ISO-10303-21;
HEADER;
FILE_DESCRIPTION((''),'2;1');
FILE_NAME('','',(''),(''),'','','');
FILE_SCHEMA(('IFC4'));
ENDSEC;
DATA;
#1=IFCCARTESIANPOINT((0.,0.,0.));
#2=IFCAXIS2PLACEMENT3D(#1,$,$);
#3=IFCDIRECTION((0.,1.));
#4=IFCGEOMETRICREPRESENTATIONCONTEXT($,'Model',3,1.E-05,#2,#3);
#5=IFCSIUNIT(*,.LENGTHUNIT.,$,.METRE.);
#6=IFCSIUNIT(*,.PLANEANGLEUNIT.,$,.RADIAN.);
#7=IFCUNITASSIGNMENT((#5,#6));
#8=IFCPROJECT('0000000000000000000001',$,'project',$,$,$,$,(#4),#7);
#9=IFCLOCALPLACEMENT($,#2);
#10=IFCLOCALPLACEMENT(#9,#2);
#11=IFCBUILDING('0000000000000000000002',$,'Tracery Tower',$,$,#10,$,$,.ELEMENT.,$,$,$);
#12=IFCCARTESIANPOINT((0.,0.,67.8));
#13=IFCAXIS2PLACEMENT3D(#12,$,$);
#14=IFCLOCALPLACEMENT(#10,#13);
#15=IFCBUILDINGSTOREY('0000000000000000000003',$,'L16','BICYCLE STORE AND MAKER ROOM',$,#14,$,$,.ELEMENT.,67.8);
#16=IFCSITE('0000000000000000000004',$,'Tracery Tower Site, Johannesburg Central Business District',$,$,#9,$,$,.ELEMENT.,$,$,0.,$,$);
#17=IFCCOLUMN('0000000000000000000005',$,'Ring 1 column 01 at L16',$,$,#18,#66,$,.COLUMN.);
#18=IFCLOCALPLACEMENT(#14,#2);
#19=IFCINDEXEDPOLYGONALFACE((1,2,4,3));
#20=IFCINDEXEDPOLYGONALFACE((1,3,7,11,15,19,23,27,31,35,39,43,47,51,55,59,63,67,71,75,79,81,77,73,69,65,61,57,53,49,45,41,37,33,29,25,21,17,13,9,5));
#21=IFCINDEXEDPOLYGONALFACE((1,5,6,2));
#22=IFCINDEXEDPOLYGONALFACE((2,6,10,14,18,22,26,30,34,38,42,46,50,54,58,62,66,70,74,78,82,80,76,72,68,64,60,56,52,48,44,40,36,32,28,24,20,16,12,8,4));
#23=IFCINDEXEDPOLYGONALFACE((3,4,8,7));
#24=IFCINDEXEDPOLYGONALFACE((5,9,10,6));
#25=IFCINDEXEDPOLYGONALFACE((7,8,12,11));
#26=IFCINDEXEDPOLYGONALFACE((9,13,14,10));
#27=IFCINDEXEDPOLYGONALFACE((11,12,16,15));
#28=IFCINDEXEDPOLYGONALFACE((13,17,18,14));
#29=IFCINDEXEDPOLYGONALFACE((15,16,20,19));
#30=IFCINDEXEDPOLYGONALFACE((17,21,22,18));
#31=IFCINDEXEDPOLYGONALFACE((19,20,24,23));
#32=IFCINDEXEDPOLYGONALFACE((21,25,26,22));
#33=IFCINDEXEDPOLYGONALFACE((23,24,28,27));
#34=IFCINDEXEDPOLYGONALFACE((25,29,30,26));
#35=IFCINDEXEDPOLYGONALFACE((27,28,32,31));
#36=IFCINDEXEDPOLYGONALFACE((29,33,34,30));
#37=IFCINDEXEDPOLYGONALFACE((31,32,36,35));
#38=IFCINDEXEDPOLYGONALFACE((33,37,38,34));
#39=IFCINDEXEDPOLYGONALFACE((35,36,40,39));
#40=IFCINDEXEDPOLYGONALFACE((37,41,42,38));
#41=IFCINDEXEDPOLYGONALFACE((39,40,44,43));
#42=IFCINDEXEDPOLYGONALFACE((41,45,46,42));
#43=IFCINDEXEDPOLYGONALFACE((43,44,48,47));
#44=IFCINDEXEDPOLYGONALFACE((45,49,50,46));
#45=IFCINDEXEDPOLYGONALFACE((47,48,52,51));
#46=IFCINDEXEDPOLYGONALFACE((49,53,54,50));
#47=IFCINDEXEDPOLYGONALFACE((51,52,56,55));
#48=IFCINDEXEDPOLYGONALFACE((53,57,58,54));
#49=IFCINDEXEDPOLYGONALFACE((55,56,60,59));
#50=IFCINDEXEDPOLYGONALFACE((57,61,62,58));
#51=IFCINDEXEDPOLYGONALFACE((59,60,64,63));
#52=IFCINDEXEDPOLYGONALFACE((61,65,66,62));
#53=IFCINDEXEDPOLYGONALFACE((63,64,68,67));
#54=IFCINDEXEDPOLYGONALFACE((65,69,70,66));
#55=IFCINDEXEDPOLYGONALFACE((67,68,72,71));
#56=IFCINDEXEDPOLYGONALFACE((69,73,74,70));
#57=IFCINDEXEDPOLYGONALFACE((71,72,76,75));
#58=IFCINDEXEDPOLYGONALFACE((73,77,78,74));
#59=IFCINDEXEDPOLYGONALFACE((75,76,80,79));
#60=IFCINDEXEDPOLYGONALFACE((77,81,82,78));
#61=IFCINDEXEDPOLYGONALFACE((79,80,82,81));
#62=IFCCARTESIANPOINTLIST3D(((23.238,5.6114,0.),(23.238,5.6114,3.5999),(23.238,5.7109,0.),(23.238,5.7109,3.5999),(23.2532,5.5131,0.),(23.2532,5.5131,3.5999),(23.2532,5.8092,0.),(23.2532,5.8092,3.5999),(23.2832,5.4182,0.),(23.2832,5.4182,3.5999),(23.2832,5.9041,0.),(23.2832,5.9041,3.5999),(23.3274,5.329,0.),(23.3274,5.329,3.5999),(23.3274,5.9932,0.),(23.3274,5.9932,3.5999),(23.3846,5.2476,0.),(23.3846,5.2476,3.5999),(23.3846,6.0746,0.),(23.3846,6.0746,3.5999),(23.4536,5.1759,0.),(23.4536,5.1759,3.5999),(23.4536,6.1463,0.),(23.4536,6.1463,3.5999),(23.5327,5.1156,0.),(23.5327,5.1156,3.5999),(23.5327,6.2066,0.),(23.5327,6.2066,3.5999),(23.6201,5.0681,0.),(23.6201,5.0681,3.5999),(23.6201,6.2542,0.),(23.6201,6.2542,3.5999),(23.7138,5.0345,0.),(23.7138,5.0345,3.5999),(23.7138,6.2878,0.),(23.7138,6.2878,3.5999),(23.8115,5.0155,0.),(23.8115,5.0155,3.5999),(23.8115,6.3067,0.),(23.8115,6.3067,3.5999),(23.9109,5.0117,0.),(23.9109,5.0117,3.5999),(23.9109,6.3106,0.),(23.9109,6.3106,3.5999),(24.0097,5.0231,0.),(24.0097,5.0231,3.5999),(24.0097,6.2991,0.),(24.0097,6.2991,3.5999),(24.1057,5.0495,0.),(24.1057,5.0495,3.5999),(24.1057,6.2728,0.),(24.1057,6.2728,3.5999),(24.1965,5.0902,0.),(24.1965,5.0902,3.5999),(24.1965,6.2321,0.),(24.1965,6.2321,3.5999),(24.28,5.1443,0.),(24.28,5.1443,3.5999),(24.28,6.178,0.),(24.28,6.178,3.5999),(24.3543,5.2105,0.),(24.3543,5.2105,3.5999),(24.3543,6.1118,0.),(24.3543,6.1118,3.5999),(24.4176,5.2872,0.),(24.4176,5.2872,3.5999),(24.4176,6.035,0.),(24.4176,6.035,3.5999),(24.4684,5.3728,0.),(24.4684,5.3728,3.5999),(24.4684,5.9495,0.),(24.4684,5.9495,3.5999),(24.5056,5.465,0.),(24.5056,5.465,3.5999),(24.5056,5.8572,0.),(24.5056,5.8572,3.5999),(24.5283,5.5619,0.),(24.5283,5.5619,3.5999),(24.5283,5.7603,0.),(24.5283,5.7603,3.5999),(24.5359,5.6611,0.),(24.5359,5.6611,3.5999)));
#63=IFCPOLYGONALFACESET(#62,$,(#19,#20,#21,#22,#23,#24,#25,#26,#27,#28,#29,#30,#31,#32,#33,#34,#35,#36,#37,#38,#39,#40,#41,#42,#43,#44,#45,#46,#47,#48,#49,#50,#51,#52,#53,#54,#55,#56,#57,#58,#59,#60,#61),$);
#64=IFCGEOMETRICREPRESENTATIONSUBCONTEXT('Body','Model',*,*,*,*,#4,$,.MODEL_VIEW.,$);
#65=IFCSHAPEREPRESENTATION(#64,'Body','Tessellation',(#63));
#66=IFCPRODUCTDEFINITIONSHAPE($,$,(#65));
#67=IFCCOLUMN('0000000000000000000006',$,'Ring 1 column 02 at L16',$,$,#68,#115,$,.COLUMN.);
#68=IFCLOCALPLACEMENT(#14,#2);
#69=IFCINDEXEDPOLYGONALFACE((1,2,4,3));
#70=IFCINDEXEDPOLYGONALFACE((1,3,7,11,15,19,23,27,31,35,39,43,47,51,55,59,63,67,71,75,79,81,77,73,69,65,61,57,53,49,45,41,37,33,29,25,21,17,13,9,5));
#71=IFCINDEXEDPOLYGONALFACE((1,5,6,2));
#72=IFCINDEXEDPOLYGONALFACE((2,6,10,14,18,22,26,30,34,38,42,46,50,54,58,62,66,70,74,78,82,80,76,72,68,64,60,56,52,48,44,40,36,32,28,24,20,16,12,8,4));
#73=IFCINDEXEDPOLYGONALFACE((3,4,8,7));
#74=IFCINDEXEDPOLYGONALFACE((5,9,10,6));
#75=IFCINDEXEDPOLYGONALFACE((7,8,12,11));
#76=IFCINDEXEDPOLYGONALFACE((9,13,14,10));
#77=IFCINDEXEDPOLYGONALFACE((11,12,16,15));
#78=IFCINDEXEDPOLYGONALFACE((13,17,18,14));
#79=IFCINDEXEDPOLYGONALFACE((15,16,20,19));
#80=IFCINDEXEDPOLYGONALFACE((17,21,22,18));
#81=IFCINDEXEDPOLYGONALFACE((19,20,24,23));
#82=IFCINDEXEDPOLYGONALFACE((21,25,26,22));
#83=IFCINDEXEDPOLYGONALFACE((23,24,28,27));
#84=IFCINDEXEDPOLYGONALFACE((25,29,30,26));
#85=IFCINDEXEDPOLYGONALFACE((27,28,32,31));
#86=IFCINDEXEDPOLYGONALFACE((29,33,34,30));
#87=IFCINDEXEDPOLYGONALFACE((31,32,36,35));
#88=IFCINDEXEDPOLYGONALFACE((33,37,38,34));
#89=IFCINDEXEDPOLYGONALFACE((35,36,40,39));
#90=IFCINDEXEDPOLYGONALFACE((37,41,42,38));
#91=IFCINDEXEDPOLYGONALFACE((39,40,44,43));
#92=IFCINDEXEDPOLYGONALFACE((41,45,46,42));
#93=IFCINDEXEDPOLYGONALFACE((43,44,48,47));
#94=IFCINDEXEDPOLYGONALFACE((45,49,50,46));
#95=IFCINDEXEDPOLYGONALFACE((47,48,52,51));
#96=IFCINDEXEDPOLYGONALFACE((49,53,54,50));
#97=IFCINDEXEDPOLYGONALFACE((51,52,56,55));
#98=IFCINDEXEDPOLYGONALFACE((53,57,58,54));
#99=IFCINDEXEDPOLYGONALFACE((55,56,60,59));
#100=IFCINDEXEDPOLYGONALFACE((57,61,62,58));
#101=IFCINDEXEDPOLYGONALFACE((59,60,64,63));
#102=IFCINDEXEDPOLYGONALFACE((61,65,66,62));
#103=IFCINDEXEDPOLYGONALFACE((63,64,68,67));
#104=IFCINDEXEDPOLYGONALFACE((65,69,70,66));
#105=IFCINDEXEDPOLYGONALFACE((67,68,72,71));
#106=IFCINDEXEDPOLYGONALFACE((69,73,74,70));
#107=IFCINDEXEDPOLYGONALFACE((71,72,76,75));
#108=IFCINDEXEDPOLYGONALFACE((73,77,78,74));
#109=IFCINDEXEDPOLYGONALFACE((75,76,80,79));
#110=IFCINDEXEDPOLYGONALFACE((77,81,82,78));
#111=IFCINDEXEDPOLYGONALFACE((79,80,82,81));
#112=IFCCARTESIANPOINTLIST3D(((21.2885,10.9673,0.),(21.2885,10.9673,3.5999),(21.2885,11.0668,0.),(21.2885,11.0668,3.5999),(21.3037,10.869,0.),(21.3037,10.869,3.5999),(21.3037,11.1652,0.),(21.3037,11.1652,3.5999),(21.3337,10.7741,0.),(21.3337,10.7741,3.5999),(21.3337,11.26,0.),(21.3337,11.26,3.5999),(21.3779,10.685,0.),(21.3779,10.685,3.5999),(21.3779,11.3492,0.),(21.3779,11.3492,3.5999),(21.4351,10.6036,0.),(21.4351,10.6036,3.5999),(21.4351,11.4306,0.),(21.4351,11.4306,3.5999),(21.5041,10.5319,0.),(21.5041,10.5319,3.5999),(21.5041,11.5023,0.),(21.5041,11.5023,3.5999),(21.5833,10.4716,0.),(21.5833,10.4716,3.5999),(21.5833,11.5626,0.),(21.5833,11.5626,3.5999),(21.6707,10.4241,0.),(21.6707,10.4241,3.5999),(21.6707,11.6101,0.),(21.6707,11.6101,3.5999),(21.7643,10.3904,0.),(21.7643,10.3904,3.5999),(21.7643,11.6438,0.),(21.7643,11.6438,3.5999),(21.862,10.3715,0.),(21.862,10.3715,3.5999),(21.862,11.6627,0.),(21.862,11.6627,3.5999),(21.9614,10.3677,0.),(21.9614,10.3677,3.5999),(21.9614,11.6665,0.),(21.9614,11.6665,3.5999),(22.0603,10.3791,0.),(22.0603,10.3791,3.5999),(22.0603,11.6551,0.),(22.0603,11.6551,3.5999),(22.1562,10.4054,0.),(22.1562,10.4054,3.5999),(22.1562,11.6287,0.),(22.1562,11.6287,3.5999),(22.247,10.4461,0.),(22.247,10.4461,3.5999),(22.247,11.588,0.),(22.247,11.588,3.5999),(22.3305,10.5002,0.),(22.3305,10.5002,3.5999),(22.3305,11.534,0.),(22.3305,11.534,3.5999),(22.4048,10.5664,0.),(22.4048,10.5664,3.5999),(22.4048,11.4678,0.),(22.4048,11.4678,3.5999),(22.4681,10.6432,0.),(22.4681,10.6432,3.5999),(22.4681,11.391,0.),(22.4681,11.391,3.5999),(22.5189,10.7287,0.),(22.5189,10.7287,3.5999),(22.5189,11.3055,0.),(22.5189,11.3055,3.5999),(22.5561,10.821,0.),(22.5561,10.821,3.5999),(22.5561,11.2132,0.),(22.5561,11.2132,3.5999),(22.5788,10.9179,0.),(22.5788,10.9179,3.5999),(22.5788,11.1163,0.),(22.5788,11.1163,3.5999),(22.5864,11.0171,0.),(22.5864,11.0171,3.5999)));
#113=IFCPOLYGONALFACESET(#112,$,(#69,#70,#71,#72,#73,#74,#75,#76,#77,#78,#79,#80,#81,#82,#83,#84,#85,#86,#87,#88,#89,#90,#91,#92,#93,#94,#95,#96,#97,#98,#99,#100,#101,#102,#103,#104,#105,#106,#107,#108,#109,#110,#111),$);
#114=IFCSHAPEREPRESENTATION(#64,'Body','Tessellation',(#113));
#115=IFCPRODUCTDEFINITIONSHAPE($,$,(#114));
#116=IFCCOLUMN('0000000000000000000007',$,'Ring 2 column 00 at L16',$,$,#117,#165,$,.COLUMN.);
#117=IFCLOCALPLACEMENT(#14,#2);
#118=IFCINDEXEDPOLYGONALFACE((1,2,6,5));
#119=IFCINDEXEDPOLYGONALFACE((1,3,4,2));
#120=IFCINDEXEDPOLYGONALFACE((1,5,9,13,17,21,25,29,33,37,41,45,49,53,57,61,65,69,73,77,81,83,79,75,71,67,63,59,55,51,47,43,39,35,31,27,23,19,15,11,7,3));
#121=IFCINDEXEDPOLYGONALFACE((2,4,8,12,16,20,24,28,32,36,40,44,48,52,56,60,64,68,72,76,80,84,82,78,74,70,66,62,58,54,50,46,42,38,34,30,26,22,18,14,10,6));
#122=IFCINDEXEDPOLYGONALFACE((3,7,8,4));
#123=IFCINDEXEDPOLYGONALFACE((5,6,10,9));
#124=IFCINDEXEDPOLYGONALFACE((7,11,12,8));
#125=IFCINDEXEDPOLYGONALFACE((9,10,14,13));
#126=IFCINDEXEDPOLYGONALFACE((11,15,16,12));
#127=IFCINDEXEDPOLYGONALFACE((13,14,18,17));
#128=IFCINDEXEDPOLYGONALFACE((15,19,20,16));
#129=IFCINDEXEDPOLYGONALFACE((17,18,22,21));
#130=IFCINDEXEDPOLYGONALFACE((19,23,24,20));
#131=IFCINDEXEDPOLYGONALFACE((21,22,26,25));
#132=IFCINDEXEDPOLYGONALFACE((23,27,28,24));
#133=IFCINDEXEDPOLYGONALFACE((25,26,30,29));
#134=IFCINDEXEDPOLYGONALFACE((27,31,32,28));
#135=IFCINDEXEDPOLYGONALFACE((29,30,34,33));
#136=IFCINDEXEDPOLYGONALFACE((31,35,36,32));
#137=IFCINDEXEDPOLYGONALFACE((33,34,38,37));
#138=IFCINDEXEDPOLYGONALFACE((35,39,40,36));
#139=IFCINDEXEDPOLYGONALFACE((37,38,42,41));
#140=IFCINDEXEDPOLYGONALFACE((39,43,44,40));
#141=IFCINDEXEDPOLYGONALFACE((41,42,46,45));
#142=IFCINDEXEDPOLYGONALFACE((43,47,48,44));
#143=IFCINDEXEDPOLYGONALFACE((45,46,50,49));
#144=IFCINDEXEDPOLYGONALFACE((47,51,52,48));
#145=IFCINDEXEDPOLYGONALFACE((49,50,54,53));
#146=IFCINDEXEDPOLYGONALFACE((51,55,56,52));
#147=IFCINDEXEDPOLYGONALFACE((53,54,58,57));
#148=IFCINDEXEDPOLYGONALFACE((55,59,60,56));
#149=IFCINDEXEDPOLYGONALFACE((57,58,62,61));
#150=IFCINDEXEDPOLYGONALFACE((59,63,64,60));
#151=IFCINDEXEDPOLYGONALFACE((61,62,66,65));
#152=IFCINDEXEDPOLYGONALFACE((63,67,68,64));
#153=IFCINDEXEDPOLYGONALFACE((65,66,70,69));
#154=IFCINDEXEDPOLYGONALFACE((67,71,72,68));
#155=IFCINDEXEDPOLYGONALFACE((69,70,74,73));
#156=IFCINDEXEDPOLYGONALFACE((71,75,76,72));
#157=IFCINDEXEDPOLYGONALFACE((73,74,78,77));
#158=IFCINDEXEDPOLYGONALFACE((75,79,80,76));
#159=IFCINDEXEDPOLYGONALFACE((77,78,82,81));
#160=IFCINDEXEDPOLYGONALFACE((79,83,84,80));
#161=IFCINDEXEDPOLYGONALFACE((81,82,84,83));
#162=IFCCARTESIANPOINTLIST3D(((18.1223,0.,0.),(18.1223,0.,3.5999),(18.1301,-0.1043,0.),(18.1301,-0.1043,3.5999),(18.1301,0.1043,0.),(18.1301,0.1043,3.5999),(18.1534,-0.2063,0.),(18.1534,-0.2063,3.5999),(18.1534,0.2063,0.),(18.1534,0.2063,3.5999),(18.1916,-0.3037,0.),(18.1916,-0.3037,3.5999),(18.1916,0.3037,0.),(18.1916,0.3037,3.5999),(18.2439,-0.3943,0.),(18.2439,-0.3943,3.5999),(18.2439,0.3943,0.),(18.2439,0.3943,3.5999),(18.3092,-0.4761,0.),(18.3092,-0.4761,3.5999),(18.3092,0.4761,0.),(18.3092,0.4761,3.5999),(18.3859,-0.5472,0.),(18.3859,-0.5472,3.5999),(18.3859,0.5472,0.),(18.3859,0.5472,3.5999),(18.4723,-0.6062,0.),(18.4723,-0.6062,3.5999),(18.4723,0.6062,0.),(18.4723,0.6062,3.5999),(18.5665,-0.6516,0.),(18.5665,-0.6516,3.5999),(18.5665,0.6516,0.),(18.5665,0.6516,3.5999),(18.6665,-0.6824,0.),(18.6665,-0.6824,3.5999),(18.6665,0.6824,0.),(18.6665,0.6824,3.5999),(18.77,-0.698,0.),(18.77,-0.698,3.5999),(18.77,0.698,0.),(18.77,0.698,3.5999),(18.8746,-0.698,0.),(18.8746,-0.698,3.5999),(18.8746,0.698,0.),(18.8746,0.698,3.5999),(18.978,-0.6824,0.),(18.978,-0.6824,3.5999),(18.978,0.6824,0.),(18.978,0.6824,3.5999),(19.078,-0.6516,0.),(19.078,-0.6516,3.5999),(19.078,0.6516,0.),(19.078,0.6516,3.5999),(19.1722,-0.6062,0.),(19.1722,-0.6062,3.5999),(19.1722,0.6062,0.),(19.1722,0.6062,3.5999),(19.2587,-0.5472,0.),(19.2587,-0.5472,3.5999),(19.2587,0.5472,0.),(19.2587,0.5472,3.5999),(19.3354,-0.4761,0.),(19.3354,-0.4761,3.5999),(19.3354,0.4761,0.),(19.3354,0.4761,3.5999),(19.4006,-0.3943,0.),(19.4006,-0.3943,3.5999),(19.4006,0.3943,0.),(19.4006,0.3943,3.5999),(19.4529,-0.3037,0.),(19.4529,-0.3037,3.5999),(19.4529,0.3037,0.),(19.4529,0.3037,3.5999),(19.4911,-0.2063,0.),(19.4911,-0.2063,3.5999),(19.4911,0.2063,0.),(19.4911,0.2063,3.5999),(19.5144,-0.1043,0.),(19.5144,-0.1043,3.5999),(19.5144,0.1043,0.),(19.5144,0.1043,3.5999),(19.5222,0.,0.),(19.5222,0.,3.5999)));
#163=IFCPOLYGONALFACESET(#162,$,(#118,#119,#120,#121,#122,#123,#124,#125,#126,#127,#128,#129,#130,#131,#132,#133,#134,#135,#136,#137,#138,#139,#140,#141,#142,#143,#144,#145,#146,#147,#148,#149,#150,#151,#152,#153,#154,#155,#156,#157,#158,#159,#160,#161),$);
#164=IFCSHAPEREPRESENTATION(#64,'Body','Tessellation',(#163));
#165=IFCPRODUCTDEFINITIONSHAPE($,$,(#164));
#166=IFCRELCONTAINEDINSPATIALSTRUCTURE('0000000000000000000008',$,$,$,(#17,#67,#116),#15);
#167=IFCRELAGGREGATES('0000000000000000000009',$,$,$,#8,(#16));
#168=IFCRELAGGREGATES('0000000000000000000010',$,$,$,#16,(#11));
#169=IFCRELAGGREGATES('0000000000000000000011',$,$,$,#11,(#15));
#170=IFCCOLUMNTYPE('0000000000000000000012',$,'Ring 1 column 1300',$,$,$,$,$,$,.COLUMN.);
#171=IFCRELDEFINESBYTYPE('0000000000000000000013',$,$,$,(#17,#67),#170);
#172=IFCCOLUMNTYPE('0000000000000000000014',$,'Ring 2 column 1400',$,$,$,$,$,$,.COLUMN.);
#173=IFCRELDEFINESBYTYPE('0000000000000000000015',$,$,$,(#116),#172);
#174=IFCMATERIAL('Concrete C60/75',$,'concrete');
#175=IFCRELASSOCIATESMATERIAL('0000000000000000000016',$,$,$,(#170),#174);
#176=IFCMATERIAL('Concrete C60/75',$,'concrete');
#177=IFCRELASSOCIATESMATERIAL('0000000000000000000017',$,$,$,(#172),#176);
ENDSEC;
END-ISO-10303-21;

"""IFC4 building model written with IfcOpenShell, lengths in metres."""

from ifc_helpers import new_model, si_unit, direction, frame, origin, origin_2d, place, context, subcontext, project, spatial, circle, extrude, material, material_profile, profile_set, type_object, element, save


model = new_model("IFC4")

# Units and contexts
model_context = context("Model", 3, precision=1e-05, world=origin(), true_north=direction((0.0, 1.0)))
body_context = subcontext(model_context, "Body", "Model", "MODEL_VIEW")
ifc_project = project(units=[si_unit("LENGTHUNIT", "METRE"), si_unit("PLANEANGLEUNIT", "RADIAN")], contexts=[model_context])

# Site, building, storey
site_placement = place(None, origin())
site = spatial("IfcSite", under=ifc_project, at=site_placement, Name="Tracery Tower Site, Johannesburg Central Business District", CompositionType="ELEMENT", RefElevation=0.0)
building_placement = place(site_placement, origin())
building = spatial("IfcBuilding", under=site, at=building_placement, Name="Tracery Tower", CompositionType="ELEMENT")
storey_placement = place(building_placement, frame((0.0, 0.0, 67.8)))
storey = spatial("IfcBuildingStorey", under=building, at=storey_placement, Name="L16", Description="BICYCLE STORE AND MAKER ROOM", CompositionType="ELEMENT", Elevation=67.8)

# Columns
ifc_material_1 = material(Name="Concrete C60/75", Category="concrete")
ifc_material_profile_1 = material_profile(ifc_material_1, circle(Radius=0.6499, at=origin_2d()), Name="RC D1300")
ifc_profile_set_1 = profile_set([ifc_material_profile_1], Name="Concrete C60/75")
column_type_1 = type_object("IfcColumnType", Name="Ring 1 column 1300", PredefinedType="COLUMN", material=ifc_profile_set_1)
for number, where, z_axis, x_axis, name in (
    (1, (23.886, 5.6611, 0.0), (0.0, 0.0, 1.0), (1.0, 0.0, 0.0), "Ring 1 column 01 at L16"),
    (2, (21.9365, 11.0171, 0.0), (0.0, 0.0, 1.0), (1.0, 0.0, 0.0), "Ring 1 column 02 at L16"),
):
    element("IfcColumn", number, at=place(storey_placement, frame(where, z_axis=z_axis, x_axis=x_axis)), inside=storey, type_object=column_type_1, Name=name, PredefinedType="COLUMN", context=body_context, shape_type="SweptSolid", body=[
        extrude(circle(Radius=0.6499, at=origin_2d()), origin(), (0.0, 0.0, 1.0), 3.5999),
    ])
ifc_material_2 = material(Name="Concrete C60/75", Category="concrete")
ifc_material_profile_2 = material_profile(ifc_material_2, circle(Radius=0.7, at=origin_2d()), Name="RC D1400")
ifc_profile_set_2 = profile_set([ifc_material_profile_2], Name="Concrete C60/75")
column_type_2 = type_object("IfcColumnType", Name="Ring 2 column 1400", PredefinedType="COLUMN", material=ifc_profile_set_2)
for number, where, z_axis, x_axis, name in (
    (3, (18.8223, 0.0, 0.0), (0.0, 0.0, 1.0), (1.0, 0.0, 0.0), "Ring 2 column 00 at L16"),
):
    element("IfcColumn", number, at=place(storey_placement, frame(where, z_axis=z_axis, x_axis=x_axis)), inside=storey, type_object=column_type_2, Name=name, PredefinedType="COLUMN", context=body_context, shape_type="SweptSolid", body=[
        extrude(circle(Radius=0.7, at=origin_2d()), origin(), (0.0, 0.0, 1.0), 3.5999),
    ])

save(model, "model.ifc")
